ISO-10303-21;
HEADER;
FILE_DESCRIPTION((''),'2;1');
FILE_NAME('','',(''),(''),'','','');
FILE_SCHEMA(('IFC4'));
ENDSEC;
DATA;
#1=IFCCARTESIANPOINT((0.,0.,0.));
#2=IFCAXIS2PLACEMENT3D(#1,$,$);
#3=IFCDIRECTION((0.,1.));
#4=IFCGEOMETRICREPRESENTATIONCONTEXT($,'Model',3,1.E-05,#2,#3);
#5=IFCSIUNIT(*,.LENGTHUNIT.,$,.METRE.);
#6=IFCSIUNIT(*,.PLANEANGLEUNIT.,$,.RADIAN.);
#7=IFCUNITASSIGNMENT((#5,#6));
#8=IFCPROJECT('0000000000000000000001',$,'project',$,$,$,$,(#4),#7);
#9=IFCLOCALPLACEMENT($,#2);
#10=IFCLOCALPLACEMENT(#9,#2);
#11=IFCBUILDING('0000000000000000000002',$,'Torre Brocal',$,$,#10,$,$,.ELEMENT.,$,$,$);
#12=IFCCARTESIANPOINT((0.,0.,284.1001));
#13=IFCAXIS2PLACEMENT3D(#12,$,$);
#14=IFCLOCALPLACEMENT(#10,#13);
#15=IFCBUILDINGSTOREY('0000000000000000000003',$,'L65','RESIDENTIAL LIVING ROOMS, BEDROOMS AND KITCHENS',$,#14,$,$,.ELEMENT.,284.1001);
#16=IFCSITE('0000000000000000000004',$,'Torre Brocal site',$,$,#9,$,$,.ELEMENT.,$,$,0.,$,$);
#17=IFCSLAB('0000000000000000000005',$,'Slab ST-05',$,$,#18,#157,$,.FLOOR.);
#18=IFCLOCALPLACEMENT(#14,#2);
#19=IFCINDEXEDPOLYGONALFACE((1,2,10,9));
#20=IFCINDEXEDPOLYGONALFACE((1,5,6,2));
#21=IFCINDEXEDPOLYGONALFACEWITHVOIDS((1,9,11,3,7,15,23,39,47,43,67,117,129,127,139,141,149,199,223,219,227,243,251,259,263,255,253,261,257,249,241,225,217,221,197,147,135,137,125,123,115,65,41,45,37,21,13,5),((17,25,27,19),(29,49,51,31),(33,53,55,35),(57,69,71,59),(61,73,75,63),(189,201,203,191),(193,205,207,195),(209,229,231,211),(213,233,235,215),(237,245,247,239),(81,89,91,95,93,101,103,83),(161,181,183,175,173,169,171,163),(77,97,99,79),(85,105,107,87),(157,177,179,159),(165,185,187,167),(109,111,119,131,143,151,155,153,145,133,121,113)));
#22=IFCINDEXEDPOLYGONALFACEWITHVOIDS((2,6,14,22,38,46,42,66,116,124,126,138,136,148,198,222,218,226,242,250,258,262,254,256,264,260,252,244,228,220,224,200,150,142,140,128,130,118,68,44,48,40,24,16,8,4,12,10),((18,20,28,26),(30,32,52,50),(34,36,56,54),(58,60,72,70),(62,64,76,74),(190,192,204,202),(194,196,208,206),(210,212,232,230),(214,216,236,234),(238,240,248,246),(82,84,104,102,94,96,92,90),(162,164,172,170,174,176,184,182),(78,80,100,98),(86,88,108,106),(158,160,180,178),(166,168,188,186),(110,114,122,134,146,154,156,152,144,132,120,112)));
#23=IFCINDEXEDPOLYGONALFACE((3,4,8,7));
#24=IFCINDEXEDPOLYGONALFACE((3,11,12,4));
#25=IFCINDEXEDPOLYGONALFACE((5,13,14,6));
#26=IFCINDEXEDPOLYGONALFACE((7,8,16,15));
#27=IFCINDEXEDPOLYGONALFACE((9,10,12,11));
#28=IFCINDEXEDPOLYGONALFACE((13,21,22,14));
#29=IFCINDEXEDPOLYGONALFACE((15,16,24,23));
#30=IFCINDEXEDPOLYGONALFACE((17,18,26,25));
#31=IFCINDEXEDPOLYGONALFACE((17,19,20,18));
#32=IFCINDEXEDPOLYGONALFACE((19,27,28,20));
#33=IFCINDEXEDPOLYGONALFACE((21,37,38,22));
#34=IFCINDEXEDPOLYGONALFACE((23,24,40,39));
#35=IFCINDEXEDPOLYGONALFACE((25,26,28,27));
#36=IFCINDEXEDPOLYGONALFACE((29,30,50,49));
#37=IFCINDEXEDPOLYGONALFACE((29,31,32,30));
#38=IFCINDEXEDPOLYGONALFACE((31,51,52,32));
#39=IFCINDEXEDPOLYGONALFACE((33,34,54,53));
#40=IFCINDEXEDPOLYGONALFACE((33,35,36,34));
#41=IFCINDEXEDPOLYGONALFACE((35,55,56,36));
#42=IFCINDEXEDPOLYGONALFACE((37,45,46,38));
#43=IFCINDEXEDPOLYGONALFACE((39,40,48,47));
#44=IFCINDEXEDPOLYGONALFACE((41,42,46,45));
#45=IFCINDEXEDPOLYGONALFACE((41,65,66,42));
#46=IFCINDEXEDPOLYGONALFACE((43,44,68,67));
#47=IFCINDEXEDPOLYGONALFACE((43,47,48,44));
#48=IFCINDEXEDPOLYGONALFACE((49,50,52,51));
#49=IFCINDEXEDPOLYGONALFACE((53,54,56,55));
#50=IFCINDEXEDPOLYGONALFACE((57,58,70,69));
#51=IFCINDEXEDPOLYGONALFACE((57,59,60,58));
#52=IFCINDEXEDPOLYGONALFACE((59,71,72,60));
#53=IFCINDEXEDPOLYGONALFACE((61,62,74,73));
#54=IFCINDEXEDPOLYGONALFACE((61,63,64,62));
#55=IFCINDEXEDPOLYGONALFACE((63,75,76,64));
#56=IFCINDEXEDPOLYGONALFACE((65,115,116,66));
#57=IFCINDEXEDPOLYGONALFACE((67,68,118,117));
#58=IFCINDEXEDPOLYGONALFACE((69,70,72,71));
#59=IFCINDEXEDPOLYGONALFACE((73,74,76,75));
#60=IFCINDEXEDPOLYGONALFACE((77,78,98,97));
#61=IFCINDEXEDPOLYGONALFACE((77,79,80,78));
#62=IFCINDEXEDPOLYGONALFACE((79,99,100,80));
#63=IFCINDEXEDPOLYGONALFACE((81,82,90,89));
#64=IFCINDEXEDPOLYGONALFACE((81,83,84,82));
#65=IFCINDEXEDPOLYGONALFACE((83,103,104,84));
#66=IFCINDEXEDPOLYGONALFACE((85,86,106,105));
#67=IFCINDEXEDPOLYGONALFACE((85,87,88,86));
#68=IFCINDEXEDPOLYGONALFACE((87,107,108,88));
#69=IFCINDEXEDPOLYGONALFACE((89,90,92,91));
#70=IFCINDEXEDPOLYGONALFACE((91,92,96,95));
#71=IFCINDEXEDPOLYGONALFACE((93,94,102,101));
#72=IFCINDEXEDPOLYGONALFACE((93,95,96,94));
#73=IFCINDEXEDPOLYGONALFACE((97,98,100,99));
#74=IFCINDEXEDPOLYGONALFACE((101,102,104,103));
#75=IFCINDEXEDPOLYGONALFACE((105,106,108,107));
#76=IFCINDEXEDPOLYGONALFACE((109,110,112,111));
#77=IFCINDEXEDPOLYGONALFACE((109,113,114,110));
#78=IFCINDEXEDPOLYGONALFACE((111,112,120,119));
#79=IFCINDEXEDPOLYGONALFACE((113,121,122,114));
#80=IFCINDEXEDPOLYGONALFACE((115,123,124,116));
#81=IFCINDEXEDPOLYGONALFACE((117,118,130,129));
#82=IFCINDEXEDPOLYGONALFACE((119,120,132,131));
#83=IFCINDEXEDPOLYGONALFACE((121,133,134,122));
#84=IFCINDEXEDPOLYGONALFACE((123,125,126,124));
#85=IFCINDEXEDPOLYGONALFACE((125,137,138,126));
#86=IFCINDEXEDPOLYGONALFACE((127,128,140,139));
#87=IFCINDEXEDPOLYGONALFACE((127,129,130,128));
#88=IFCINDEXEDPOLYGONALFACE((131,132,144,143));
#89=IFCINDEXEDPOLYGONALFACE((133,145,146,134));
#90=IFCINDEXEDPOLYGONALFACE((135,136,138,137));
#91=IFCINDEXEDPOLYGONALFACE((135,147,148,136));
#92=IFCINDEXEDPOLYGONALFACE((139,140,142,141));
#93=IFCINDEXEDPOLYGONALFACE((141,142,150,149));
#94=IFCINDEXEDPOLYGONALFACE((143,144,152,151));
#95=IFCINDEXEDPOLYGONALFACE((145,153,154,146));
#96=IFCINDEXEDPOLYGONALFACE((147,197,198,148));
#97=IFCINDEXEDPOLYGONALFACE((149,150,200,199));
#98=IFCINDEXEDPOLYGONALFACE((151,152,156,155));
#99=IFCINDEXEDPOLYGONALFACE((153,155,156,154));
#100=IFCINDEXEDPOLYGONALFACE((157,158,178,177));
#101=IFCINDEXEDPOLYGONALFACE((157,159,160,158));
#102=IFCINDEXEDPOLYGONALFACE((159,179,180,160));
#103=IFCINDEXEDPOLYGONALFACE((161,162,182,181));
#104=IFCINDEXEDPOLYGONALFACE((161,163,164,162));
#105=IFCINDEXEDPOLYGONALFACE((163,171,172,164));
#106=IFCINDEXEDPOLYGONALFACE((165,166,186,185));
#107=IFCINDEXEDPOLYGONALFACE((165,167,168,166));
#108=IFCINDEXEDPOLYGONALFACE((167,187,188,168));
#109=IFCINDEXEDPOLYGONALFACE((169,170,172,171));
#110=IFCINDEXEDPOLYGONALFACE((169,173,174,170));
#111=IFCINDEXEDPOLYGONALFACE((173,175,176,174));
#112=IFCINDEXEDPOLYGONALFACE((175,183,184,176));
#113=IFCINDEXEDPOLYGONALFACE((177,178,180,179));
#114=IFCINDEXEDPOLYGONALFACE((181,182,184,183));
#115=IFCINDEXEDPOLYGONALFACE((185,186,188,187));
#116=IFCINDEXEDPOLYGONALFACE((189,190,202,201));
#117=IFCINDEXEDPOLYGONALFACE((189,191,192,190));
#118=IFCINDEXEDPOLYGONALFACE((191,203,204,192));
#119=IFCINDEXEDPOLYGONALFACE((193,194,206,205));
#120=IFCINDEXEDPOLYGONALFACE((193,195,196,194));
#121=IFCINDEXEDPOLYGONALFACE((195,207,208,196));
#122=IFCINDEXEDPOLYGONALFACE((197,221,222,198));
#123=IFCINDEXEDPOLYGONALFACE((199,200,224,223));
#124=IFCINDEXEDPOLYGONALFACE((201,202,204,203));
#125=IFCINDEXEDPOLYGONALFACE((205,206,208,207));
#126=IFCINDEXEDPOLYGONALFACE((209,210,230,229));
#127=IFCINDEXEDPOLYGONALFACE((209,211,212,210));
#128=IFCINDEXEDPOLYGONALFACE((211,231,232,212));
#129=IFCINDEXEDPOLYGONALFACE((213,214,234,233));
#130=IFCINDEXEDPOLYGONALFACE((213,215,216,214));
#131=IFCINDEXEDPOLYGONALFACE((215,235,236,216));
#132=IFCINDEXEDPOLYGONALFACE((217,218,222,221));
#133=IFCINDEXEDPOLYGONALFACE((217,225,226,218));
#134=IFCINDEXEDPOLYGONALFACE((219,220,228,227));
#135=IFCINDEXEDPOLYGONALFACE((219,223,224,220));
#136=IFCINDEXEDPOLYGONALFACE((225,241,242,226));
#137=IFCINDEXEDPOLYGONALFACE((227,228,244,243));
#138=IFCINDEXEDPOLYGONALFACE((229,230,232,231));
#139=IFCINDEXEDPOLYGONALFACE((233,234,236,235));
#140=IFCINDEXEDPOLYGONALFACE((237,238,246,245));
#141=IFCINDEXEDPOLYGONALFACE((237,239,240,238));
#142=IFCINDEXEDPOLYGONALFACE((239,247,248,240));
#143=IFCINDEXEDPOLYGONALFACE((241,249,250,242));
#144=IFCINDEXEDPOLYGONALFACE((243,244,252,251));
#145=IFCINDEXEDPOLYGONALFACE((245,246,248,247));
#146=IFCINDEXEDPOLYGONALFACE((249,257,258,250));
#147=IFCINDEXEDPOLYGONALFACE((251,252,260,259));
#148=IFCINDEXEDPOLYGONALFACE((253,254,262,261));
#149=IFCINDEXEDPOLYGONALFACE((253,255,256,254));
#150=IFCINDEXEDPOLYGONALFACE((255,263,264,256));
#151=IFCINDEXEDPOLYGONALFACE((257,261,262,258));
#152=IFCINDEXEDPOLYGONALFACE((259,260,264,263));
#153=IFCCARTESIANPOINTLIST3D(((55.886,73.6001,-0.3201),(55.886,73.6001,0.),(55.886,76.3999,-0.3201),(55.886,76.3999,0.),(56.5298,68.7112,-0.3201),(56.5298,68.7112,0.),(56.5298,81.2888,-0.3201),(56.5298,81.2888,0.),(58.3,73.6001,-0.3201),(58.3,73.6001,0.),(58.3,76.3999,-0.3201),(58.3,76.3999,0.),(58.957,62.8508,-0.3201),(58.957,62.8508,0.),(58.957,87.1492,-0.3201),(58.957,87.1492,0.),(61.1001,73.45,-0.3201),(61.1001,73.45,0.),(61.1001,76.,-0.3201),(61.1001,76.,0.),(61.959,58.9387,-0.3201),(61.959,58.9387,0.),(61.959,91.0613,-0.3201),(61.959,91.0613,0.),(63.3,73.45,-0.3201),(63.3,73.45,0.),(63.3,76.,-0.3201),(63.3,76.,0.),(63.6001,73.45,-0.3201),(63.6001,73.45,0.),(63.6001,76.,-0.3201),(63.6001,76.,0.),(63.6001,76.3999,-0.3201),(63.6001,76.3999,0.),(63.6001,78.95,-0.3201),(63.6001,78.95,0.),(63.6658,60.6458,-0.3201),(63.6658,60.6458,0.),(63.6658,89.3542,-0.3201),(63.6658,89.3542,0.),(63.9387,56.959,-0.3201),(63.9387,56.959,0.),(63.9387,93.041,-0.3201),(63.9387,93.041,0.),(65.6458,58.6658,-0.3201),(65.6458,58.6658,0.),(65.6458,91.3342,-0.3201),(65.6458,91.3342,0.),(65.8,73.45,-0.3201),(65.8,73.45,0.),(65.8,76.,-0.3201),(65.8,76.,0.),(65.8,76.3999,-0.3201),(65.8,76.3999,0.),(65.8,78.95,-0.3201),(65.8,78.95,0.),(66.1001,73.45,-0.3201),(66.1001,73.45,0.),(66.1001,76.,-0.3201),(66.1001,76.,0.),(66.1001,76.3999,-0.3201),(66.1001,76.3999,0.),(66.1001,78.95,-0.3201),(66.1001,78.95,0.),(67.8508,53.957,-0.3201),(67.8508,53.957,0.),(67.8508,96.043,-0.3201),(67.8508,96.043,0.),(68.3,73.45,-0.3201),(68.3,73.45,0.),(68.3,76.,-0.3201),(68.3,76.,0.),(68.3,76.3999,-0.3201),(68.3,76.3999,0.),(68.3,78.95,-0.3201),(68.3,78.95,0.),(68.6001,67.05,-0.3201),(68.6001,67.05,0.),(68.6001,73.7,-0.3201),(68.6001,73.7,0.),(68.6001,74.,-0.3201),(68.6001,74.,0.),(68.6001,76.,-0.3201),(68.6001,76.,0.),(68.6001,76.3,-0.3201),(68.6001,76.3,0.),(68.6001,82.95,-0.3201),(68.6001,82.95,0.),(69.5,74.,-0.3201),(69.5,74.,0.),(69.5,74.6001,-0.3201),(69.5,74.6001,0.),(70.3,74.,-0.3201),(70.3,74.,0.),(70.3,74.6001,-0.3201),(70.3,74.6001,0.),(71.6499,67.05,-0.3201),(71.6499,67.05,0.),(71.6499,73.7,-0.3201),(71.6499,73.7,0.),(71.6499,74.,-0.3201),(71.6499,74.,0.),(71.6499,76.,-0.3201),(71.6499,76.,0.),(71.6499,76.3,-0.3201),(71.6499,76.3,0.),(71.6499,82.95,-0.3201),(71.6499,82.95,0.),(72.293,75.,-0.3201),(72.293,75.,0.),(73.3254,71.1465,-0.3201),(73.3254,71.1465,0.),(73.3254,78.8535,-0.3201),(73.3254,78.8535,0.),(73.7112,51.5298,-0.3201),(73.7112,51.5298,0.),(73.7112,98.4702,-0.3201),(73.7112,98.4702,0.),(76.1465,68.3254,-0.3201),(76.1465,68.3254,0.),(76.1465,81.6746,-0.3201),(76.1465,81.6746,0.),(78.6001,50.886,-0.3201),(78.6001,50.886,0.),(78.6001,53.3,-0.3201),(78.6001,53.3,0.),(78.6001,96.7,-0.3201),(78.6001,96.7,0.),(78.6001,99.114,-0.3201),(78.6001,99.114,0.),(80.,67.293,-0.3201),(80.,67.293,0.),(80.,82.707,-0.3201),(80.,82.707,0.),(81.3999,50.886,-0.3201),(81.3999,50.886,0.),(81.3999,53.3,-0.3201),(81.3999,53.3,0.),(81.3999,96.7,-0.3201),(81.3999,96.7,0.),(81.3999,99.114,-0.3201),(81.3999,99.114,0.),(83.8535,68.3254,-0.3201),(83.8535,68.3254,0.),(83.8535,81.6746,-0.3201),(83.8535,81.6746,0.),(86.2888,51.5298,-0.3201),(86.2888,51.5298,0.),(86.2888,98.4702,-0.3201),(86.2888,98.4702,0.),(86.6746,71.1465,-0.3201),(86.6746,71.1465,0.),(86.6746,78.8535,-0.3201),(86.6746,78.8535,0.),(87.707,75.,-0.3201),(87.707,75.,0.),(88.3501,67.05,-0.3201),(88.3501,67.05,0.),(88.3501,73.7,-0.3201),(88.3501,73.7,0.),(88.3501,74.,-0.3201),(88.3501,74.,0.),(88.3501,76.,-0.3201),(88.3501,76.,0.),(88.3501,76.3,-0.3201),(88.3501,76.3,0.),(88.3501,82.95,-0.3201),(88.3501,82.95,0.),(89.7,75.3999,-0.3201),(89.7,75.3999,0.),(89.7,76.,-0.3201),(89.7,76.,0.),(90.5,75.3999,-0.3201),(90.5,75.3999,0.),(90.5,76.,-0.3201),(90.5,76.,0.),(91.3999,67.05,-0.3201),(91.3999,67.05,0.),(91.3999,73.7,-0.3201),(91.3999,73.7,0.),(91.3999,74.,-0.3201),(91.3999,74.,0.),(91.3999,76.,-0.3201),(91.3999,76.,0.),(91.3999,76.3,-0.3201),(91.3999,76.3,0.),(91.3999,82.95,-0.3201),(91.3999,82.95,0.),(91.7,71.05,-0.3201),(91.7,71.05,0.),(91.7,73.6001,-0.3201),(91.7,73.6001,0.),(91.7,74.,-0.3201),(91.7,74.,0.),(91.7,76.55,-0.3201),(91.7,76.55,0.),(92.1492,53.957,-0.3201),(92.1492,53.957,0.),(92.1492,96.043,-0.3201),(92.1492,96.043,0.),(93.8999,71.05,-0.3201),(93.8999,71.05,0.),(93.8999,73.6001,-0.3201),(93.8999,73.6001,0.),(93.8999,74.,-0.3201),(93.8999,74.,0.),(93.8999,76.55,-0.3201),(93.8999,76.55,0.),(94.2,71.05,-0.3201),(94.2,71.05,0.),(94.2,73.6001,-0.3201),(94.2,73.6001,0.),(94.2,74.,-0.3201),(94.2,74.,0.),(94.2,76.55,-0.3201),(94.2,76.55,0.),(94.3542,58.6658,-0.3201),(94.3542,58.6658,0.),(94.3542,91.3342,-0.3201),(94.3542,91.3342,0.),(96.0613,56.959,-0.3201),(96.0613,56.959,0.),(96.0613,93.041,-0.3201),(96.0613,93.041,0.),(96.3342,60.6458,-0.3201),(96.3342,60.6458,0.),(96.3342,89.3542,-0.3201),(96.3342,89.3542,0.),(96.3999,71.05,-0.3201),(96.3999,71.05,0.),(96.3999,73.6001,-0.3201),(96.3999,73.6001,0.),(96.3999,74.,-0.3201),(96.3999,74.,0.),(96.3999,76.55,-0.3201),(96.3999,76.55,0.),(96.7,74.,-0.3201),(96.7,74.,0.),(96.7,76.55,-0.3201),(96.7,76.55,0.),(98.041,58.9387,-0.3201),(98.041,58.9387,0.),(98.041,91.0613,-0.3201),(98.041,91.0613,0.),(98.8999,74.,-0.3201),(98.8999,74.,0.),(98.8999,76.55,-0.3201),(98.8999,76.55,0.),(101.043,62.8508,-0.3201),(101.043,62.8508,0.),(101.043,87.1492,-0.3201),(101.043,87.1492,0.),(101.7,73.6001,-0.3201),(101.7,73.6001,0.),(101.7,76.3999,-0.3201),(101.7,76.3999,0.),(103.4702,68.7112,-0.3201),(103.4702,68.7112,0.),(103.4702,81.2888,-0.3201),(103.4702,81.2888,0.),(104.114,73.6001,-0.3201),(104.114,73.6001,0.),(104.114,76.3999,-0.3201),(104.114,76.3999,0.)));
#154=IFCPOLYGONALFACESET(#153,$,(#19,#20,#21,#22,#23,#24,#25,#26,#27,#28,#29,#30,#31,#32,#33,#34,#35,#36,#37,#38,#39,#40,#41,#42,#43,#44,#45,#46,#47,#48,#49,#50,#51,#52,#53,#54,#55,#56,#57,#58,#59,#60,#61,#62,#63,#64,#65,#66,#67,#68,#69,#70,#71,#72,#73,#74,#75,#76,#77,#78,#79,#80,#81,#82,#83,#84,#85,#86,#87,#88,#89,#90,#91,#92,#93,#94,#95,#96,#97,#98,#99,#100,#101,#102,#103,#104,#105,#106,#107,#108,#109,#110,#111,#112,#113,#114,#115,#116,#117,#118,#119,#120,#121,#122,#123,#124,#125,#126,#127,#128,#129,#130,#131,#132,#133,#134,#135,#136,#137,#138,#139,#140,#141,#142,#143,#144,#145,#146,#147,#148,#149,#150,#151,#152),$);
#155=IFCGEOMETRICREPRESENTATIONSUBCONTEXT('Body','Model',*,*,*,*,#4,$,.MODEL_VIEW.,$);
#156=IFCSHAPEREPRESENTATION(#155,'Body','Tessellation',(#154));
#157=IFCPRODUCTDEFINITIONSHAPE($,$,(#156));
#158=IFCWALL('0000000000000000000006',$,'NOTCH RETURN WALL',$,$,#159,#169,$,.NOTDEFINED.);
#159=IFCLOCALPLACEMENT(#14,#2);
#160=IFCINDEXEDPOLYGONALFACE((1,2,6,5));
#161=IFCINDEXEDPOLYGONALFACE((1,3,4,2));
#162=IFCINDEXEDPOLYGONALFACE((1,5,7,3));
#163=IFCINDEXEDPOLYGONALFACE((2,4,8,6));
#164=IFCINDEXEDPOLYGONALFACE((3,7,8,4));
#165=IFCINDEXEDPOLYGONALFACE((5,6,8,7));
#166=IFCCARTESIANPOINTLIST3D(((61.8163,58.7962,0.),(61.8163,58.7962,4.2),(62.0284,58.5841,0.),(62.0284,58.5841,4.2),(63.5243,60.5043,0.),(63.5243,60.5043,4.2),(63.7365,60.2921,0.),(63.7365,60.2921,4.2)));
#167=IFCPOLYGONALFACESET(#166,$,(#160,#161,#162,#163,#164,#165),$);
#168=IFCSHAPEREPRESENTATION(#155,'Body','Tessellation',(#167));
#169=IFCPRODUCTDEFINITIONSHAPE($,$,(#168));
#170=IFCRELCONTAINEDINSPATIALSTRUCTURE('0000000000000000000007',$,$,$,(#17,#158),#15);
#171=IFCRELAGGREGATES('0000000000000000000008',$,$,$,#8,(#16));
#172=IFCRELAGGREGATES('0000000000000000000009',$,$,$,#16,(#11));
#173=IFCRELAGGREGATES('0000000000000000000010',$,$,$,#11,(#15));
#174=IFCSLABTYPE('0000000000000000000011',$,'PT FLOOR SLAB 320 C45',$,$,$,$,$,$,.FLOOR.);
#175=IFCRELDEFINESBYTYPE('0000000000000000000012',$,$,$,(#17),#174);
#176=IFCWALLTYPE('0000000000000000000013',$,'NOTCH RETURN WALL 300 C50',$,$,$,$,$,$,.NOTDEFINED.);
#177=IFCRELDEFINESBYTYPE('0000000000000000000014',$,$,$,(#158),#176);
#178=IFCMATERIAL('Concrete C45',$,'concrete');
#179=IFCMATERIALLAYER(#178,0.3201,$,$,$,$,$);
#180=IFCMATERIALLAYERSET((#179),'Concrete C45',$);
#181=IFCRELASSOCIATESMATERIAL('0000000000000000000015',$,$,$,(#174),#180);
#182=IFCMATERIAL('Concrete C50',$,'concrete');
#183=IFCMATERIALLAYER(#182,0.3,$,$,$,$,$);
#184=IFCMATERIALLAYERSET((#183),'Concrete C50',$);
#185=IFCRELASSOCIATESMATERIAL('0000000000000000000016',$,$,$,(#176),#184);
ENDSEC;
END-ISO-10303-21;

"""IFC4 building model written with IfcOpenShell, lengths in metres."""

from ifc_helpers import new_model, si_unit, direction, frame, frame_2d, origin, place, context, subcontext, project, spatial, polyline, rectangle, outline, extrude, material, layer, layer_set, type_object, element, save


model = new_model("IFC4")

# Units and contexts
model_context = context("Model", 3, precision=1e-05, world=origin(), true_north=direction((0.0, 1.0)))
body_context = subcontext(model_context, "Body", "Model", "MODEL_VIEW")
ifc_project = project(units=[si_unit("LENGTHUNIT", "METRE"), si_unit("PLANEANGLEUNIT", "RADIAN")], contexts=[model_context])

# Site, building, storey
site_placement = place(None, origin())
site = spatial("IfcSite", under=ifc_project, at=site_placement, Name="Torre Brocal site", CompositionType="ELEMENT", RefElevation=0.0)
building_placement = place(site_placement, origin())
building = spatial("IfcBuilding", under=site, at=building_placement, Name="Torre Brocal", CompositionType="ELEMENT")
storey_placement = place(building_placement, frame((0.0, 0.0, 284.1001)))
storey = spatial("IfcBuildingStorey", under=building, at=storey_placement, Name="L65", Description="RESIDENTIAL LIVING ROOMS, BEDROOMS AND KITCHENS", CompositionType="ELEMENT", Elevation=284.1001)

# Slab
ifc_material_1 = material(Name="Concrete C45", Category="concrete")
ifc_layer_1 = layer(ifc_material_1, 0.3201)
ifc_layer_set_1 = layer_set([ifc_layer_1], Name="Concrete C45")
slab_type_1 = type_object("IfcSlabType", Name="PT FLOOR SLAB 320 C45", PredefinedType="FLOOR", material=ifc_layer_set_1)
slab_1_placement = place(storey_placement, frame((0.0, 0.0, -0.3201)))
element("IfcSlab", 1, at=slab_1_placement, inside=storey, type_object=slab_type_1, Name="Slab ST-05", PredefinedType="FLOOR", context=body_context, shape_type="SweptSolid", body=[
    extrude(outline(polyline([(101.7, 76.3999), (101.7, 73.6001), (104.114, 73.6001), (103.4702, 68.7112), (101.043, 62.8508), (98.041, 58.9387), (96.3342, 60.6458), (94.3542, 58.6658), (96.0613, 56.959), (92.1492, 53.957), (86.2888, 51.5298), (81.3999, 50.886), (81.3999, 53.3), (78.6001, 53.3), (78.6001, 50.886), (73.7112, 51.5298), (67.8508, 53.957), (63.9387, 56.959), (65.6458, 58.6658), (63.6658, 60.6458), (61.959, 58.9387), (58.957, 62.8508), (56.5298, 68.7112), (55.886, 73.6001), (58.3, 73.6001), (58.3, 76.3999), (55.886, 76.3999), (56.5298, 81.2888), (58.957, 87.1492), (61.959, 91.0613), (63.6658, 89.3542), (65.6458, 91.3342), (63.9387, 93.041), (67.8508, 96.043), (73.7112, 98.4702), (78.6001, 99.114), (78.6001, 96.7), (81.3999, 96.7), (81.3999, 99.114), (86.2888, 98.4702), (92.1492, 96.043), (96.0613, 93.041), (94.3542, 91.3342), (96.3342, 89.3542), (98.041, 91.0613), (101.043, 87.1492), (103.4702, 81.2888), (104.114, 76.3999), (101.7, 76.3999)]), holes=[polyline([(98.8999, 76.55), (96.7, 76.55), (96.7, 74.0), (98.8999, 74.0), (98.8999, 76.55)]), polyline([(96.3999, 76.55), (94.2, 76.55), (94.2, 74.0), (96.3999, 74.0), (96.3999, 76.55)]), polyline([(96.3999, 73.6001), (94.2, 73.6001), (94.2, 71.05), (96.3999, 71.05), (96.3999, 73.6001)]), polyline([(93.8999, 76.55), (91.7, 76.55), (91.7, 74.0), (93.8999, 74.0), (93.8999, 76.55)]), polyline([(93.8999, 73.6001), (91.7, 73.6001), (91.7, 71.05), (93.8999, 71.05), (93.8999, 73.6001)]), polyline([(89.7, 76.0), (88.3501, 76.0), (88.3501, 74.0), (91.3999, 74.0), (91.3999, 76.0), (90.5, 76.0), (90.5, 75.3999), (89.7, 75.3999), (89.7, 76.0)]), polyline([(91.3999, 82.95), (88.3501, 82.95), (88.3501, 76.3), (91.3999, 76.3), (91.3999, 82.95)]), polyline([(91.3999, 73.7), (88.3501, 73.7), (88.3501, 67.05), (91.3999, 67.05), (91.3999, 73.7)]), polyline([(80.0, 82.707), (76.1465, 81.6746), (73.3254, 78.8535), (72.293, 75.0), (73.3254, 71.1465), (76.1465, 68.3254), (80.0, 67.293), (83.8535, 68.3254), (86.6746, 71.1465), (87.707, 75.0), (86.6746, 78.8535), (83.8535, 81.6746), (80.0, 82.707)]), polyline([(70.3, 74.0), (71.6499, 74.0), (71.6499, 76.0), (68.6001, 76.0), (68.6001, 74.0), (69.5, 74.0), (69.5, 74.6001), (70.3, 74.6001), (70.3, 74.0)]), polyline([(68.6001, 76.3), (71.6499, 76.3), (71.6499, 82.95), (68.6001, 82.95), (68.6001, 76.3)]), polyline([(68.6001, 67.05), (71.6499, 67.05), (71.6499, 73.7), (68.6001, 73.7), (68.6001, 67.05)]), polyline([(66.1001, 76.3999), (68.3, 76.3999), (68.3, 78.95), (66.1001, 78.95), (66.1001, 76.3999)]), polyline([(66.1001, 73.45), (68.3, 73.45), (68.3, 76.0), (66.1001, 76.0), (66.1001, 73.45)]), polyline([(63.6001, 76.3999), (65.8, 76.3999), (65.8, 78.95), (63.6001, 78.95), (63.6001, 76.3999)]), polyline([(63.6001, 73.45), (65.8, 73.45), (65.8, 76.0), (63.6001, 76.0), (63.6001, 73.45)]), polyline([(61.1001, 73.45), (63.3, 73.45), (63.3, 76.0), (61.1001, 76.0), (61.1001, 73.45)])]), origin(), (0.0, 0.0, 1.0), 0.3201),
])

# Wall
ifc_material_2 = material(Name="Concrete C50", Category="concrete")
ifc_layer_2 = layer(ifc_material_2, 0.3)
ifc_layer_set_2 = layer_set([ifc_layer_2], Name="Concrete C50")
wall_type_1 = type_object("IfcWallType", Name="NOTCH RETURN WALL 300 C50", PredefinedType="NOTDEFINED", material=ifc_layer_set_2)
for number, where, z_axis, x_axis, name in (
    (2, (63.6304, 60.3982, 0.0), (0.0, 0.0, 1.0), (-0.707107, -0.707107, 0.0), "NOTCH RETURN WALL"),
):
    element("IfcWall", number, at=place(storey_placement, frame(where, z_axis=z_axis, x_axis=x_axis)), inside=storey, type_object=wall_type_1, Name=name, PredefinedType="NOTDEFINED", context=body_context, shape_type="SweptSolid", body=[
        extrude(rectangle(XDim=2.4155, YDim=0.3, at=frame_2d((1.2078, 0.0))), origin(), (0.0, 0.0, 1.0), 4.2),
    ])

save(model, "model.ifc")
